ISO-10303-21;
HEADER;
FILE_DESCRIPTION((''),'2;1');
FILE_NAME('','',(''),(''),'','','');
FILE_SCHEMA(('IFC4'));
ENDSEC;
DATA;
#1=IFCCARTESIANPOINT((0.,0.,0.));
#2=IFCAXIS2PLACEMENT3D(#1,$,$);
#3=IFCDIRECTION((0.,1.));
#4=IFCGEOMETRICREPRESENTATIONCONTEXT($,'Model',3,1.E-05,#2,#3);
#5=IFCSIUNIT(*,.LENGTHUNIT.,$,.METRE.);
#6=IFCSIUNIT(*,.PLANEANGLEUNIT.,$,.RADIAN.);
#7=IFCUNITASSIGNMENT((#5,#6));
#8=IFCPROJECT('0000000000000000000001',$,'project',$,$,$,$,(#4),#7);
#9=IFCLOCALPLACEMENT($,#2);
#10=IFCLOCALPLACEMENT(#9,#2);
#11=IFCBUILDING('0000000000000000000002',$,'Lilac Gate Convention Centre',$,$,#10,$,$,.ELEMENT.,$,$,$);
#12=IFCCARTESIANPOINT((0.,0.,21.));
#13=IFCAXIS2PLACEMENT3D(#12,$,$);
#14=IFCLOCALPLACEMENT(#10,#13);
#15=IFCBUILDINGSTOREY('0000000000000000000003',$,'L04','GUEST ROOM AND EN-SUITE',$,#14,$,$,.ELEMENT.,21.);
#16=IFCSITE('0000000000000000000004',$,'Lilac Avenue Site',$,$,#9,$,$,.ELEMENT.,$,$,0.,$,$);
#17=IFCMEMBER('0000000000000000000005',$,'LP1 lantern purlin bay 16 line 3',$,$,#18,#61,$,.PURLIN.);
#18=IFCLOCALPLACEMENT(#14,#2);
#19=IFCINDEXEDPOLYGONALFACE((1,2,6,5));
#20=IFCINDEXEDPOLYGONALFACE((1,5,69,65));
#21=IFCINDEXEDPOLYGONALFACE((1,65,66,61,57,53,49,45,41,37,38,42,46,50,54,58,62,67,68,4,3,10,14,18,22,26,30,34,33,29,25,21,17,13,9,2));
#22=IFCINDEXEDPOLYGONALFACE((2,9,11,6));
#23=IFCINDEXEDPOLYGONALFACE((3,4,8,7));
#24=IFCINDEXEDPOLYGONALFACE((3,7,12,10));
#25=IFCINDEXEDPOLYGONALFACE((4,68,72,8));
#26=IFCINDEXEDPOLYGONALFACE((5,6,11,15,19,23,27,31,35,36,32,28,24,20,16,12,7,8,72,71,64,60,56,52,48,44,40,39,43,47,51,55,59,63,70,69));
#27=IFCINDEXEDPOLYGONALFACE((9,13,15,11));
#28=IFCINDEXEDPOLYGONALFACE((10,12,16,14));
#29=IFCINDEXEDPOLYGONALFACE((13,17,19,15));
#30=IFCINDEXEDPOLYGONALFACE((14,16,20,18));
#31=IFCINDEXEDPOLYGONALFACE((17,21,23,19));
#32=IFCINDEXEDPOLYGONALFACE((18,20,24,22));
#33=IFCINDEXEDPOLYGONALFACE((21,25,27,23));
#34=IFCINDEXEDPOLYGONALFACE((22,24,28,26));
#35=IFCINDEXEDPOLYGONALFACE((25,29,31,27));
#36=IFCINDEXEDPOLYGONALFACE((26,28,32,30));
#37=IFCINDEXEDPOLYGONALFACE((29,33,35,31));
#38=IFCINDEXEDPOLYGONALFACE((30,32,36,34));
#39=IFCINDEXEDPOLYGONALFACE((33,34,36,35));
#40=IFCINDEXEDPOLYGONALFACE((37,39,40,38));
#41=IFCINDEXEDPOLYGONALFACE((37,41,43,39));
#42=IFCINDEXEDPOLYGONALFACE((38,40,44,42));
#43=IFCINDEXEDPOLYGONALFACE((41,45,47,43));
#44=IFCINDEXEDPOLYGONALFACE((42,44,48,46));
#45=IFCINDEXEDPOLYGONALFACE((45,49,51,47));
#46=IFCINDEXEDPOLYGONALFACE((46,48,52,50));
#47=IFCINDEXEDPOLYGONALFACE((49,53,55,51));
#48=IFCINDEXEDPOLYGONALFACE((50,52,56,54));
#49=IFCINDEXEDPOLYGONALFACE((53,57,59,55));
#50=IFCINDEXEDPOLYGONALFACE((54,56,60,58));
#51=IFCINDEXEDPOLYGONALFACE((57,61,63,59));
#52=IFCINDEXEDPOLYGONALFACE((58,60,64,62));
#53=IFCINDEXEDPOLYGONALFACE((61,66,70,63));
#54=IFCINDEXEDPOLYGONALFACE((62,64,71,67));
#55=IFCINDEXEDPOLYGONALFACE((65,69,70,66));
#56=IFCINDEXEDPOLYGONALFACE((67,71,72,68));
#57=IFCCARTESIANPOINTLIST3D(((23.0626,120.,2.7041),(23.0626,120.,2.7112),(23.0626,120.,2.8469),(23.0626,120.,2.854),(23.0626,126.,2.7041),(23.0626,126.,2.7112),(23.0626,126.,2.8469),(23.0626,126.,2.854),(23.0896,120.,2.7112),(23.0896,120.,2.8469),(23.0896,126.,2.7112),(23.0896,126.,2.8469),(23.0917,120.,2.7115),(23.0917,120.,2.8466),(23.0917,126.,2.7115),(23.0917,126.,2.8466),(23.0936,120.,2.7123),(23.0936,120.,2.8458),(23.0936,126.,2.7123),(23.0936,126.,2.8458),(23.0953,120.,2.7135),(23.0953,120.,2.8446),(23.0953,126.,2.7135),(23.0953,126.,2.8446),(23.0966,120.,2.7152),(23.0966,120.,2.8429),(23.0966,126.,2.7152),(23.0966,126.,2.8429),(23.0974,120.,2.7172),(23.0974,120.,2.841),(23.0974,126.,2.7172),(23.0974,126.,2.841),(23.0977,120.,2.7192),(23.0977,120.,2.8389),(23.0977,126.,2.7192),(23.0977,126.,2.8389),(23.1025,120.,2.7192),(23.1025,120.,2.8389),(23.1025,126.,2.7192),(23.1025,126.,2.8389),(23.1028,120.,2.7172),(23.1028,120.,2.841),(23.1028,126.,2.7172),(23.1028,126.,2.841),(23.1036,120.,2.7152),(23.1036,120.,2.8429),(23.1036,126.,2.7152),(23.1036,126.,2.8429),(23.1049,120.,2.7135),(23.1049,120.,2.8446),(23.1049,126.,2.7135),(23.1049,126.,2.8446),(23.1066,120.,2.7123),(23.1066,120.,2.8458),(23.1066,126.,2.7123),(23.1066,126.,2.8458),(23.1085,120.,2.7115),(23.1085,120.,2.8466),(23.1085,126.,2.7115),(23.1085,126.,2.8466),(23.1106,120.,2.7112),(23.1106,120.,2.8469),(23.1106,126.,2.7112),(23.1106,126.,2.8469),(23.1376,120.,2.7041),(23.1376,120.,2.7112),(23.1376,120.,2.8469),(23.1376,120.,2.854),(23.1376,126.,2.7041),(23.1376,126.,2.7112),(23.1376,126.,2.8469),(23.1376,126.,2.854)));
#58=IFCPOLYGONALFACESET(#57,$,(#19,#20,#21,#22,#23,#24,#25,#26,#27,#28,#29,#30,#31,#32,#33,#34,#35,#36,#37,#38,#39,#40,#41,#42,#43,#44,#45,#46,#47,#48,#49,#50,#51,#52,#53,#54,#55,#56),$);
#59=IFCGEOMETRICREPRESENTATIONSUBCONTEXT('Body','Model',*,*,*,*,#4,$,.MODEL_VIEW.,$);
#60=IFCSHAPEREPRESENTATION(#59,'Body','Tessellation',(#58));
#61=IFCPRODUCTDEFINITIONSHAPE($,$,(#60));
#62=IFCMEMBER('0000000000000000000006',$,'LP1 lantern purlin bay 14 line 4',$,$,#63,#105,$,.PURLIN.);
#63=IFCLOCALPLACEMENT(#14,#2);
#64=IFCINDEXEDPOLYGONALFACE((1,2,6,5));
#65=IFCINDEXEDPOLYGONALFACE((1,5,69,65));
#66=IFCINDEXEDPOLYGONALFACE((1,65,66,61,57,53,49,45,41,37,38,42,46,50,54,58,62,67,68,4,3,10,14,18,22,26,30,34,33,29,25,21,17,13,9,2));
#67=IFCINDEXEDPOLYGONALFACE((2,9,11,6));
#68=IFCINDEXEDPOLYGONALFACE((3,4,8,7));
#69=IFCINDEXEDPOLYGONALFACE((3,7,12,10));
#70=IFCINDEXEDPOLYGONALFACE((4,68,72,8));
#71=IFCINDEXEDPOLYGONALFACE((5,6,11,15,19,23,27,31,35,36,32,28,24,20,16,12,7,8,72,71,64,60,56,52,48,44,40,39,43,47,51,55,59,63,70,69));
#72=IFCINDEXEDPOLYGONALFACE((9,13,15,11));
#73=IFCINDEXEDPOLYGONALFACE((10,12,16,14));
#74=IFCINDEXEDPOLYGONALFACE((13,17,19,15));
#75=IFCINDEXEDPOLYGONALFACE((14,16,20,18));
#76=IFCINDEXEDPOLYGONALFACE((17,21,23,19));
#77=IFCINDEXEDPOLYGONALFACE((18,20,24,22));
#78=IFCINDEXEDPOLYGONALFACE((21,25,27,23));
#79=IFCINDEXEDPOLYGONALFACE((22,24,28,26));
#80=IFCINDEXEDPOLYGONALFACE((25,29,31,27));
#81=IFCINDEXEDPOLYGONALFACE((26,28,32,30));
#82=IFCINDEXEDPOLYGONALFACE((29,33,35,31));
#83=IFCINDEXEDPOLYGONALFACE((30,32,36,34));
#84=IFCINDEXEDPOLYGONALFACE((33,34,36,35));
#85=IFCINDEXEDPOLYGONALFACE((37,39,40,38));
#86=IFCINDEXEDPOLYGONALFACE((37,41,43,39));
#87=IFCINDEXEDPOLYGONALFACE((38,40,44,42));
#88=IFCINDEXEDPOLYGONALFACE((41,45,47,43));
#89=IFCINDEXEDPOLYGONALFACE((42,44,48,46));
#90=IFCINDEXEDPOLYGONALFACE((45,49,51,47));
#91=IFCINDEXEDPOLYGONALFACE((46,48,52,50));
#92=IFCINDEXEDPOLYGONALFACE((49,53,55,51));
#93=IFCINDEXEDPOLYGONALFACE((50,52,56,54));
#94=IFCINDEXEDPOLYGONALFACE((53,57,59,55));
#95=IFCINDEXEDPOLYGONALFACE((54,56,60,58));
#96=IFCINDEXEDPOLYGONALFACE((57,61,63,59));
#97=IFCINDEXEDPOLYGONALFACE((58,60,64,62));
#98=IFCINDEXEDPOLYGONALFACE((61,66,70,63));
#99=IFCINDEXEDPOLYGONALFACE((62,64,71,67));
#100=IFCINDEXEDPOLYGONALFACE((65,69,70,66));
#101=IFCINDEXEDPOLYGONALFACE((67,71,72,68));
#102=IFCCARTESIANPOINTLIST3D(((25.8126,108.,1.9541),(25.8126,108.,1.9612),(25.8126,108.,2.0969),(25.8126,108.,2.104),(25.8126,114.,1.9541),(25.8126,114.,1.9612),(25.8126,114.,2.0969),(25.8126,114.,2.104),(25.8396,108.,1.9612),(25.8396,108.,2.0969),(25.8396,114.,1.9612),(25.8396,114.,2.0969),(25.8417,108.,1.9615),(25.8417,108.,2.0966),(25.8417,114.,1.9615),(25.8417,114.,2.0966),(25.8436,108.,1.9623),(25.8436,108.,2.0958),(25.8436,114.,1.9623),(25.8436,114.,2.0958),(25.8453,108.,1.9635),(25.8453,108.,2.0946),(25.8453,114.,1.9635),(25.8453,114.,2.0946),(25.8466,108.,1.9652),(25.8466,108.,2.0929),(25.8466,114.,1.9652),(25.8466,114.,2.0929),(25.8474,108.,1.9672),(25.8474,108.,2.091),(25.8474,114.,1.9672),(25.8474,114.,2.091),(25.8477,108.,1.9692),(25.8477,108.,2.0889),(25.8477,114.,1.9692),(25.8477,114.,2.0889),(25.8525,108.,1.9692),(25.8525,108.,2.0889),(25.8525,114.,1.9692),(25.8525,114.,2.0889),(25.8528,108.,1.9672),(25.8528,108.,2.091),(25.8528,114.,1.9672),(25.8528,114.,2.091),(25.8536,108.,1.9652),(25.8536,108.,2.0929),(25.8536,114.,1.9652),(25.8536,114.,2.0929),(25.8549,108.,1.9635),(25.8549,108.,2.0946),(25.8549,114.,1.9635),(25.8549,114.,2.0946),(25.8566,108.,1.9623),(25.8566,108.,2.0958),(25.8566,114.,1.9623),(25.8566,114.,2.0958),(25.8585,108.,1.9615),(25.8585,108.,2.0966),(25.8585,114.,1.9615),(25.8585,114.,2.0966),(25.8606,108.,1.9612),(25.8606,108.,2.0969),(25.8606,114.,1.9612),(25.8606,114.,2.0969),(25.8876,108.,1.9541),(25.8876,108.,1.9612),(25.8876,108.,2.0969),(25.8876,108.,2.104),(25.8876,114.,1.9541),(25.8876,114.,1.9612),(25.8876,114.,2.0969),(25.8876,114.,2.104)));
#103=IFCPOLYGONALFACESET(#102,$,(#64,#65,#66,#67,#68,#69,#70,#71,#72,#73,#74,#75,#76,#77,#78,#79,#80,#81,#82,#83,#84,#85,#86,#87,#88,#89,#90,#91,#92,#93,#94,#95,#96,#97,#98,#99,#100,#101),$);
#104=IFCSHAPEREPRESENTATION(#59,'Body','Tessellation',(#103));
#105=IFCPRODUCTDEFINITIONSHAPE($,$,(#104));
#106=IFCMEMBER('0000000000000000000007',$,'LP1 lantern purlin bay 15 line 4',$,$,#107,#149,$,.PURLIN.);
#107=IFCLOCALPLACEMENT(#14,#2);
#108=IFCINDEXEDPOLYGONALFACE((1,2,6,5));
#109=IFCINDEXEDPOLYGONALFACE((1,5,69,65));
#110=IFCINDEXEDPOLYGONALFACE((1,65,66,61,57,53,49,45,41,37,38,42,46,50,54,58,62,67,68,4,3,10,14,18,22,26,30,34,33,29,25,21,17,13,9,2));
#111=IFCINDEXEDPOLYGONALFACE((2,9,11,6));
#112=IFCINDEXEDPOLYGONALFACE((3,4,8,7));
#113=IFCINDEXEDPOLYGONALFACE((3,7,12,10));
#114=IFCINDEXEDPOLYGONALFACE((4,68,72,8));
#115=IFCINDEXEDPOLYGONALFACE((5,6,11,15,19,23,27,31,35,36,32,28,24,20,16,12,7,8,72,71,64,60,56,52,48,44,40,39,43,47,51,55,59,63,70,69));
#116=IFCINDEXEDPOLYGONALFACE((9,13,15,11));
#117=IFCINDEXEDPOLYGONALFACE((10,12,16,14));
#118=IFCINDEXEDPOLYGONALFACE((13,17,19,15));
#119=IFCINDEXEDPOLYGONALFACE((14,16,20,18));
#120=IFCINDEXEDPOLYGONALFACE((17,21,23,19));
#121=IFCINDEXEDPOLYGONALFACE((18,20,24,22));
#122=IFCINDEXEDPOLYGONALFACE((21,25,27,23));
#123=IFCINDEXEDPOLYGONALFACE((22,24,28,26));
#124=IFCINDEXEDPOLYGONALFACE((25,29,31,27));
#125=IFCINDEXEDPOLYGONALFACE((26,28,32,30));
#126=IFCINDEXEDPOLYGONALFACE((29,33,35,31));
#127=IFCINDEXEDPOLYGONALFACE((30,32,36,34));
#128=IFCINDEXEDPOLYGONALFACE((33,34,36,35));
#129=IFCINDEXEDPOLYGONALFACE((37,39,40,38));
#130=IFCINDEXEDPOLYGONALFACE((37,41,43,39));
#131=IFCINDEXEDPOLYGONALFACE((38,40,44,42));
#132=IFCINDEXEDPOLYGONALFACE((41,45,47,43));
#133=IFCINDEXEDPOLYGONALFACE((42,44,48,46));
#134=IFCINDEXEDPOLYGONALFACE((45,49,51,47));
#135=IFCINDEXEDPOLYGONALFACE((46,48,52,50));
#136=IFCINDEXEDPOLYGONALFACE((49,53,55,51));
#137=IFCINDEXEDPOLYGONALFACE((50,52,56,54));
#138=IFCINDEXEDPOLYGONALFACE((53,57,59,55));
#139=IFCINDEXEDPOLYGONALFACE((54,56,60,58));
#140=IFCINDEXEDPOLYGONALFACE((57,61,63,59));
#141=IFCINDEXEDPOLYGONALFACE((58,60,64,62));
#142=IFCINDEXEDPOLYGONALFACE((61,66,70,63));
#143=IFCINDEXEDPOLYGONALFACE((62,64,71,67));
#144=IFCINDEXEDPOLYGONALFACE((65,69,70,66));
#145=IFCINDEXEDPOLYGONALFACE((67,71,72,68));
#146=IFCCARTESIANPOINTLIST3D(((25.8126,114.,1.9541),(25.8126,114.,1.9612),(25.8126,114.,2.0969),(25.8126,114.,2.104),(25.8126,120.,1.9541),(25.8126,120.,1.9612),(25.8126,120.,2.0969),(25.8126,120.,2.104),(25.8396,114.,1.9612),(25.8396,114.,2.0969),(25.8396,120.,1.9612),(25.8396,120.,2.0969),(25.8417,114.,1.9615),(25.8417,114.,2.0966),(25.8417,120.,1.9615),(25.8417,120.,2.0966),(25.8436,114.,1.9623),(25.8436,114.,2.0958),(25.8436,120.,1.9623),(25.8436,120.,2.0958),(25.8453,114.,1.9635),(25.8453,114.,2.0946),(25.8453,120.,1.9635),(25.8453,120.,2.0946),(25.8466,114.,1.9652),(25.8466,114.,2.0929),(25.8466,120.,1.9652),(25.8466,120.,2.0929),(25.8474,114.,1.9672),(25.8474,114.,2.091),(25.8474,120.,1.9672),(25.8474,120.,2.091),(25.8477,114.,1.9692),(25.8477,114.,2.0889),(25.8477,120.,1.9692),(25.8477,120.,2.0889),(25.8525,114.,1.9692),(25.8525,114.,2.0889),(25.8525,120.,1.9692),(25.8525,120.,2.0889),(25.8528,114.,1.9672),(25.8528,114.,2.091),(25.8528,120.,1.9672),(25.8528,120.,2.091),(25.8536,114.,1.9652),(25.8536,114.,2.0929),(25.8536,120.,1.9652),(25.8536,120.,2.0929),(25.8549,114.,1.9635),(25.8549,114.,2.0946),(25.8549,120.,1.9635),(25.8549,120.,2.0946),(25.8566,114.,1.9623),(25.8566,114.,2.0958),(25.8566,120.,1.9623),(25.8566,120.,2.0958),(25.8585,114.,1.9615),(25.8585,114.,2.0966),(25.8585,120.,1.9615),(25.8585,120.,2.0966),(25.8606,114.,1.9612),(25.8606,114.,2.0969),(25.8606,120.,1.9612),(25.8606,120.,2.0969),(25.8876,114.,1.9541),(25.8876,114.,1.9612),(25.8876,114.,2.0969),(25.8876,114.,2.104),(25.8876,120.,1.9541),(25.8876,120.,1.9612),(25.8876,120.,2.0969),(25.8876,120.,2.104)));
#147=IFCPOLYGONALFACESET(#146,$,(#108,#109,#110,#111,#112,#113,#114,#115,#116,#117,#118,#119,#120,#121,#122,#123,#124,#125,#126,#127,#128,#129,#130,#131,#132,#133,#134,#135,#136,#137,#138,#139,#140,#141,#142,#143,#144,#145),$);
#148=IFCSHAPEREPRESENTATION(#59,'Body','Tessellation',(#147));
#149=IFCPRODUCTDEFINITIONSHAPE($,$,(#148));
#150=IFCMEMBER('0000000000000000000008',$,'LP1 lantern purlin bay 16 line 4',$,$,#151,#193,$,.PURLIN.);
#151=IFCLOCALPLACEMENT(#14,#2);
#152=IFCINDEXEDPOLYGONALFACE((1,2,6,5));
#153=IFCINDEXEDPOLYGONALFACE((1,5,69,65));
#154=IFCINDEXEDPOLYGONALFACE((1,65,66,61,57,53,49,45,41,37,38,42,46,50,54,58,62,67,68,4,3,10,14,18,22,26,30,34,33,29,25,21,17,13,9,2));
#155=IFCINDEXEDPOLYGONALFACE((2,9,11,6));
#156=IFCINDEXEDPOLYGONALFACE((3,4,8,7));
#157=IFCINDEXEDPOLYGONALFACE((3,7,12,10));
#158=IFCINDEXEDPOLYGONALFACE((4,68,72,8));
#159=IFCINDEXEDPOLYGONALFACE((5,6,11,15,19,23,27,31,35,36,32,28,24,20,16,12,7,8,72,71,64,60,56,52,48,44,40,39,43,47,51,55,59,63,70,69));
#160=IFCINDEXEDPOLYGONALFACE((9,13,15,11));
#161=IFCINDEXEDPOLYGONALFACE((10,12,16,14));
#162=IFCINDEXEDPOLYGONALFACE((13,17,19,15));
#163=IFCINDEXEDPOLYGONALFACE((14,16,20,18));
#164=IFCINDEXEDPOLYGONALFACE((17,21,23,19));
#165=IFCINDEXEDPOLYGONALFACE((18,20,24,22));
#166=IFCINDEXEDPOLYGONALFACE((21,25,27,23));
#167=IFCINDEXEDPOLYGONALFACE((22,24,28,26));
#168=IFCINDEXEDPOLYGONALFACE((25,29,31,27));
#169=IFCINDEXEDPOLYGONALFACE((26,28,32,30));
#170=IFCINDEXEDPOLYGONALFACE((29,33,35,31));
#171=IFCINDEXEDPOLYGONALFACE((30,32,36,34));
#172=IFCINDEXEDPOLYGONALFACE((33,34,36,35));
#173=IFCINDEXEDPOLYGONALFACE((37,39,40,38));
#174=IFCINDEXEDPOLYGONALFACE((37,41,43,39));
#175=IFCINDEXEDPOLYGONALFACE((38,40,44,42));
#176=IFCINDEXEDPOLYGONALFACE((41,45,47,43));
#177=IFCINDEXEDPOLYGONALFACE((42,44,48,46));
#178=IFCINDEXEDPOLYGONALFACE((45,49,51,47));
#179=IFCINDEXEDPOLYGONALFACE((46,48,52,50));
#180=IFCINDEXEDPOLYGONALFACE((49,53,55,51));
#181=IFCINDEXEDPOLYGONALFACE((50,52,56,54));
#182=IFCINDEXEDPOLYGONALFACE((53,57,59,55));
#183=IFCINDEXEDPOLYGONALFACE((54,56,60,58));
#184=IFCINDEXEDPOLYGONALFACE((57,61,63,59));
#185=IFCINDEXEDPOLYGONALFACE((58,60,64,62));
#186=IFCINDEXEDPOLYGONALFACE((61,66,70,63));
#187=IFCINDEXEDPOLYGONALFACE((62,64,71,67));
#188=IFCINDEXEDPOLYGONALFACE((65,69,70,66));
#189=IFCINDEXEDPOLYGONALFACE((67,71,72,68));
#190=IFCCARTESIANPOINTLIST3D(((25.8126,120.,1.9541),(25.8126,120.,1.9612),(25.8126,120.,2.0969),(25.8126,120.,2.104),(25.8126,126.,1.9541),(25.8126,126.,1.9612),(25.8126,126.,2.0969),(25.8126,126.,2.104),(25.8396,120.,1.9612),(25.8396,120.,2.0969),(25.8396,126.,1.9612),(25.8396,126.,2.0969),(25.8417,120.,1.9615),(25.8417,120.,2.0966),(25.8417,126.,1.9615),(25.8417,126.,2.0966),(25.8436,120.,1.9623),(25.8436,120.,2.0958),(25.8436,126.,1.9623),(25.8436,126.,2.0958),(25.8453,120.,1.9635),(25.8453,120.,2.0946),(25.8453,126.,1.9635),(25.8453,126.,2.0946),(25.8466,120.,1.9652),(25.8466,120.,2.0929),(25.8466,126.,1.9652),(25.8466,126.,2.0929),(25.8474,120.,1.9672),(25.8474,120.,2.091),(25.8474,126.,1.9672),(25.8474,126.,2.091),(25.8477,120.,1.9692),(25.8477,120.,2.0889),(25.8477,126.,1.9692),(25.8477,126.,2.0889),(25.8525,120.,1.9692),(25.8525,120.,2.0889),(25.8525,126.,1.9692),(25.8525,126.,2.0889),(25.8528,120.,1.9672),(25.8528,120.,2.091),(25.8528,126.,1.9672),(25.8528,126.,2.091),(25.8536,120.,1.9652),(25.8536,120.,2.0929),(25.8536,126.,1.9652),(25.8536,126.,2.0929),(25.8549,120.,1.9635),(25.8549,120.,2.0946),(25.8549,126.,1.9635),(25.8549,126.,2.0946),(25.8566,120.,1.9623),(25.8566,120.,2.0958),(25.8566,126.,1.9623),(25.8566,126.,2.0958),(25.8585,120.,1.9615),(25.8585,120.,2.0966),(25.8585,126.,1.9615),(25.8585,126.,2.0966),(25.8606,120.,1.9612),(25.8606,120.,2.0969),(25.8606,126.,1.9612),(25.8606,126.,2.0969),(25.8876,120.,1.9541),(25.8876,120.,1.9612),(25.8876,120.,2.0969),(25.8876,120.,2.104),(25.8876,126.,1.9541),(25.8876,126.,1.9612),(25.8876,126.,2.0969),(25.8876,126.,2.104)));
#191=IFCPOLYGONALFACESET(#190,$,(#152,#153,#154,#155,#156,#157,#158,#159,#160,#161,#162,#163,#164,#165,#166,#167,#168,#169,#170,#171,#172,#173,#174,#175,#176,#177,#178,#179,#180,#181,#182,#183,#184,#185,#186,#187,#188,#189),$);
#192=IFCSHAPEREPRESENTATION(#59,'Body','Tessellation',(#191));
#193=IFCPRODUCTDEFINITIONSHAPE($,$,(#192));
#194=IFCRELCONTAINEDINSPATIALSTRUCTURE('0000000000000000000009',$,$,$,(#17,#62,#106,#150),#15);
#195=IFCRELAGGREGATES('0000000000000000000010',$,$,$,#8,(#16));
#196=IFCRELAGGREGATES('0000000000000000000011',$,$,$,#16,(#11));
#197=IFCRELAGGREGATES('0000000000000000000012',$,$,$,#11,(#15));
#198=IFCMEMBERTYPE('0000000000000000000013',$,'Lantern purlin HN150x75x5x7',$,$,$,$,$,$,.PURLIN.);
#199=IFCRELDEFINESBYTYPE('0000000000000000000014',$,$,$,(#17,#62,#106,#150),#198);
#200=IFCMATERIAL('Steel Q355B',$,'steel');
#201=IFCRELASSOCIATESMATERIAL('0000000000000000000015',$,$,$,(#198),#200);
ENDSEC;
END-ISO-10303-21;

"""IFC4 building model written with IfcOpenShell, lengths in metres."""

from ifc_helpers import new_model, si_unit, direction, frame, origin, origin_2d, place, context, subcontext, project, spatial, i_section, extrude, material, material_profile, profile_set, type_object, element, save


model = new_model("IFC4")

# Units and contexts
model_context = context("Model", 3, precision=1e-05, world=origin(), true_north=direction((0.0, 1.0)))
body_context = subcontext(model_context, "Body", "Model", "MODEL_VIEW")
ifc_project = project(units=[si_unit("LENGTHUNIT", "METRE"), si_unit("PLANEANGLEUNIT", "RADIAN")], contexts=[model_context])

# Site, building, storey
site_placement = place(None, origin())
site = spatial("IfcSite", under=ifc_project, at=site_placement, Name="Lilac Avenue Site", CompositionType="ELEMENT", RefElevation=0.0)
building_placement = place(site_placement, origin())
building = spatial("IfcBuilding", under=site, at=building_placement, Name="Lilac Gate Convention Centre", CompositionType="ELEMENT")
storey_placement = place(building_placement, frame((0.0, 0.0, 21.0)))
storey = spatial("IfcBuildingStorey", under=building, at=storey_placement, Name="L04", Description="GUEST ROOM AND EN-SUITE", CompositionType="ELEMENT", Elevation=21.0)

# Members
ifc_material_1 = material(Name="Steel Q355B", Category="steel")
ifc_material_profile_1 = material_profile(ifc_material_1, i_section(OverallWidth=0.075, OverallDepth=0.1499, WebThickness=0.0049, FlangeThickness=0.0071, FilletRadius=0.0081, at=origin_2d()), Name="HN150x75x5x7")
ifc_profile_set_1 = profile_set([ifc_material_profile_1], Name="Steel Q355B")
member_type_1 = type_object("IfcMemberType", Name="Lantern purlin HN150x75x5x7", PredefinedType="PURLIN", material=ifc_profile_set_1)
for number, where, z_axis, x_axis, name in (
    (1, (23.1001, 120.0, 2.7791), (0.0, 1.0, 0.0), (-1.0, 0.0, 0.0), "LP1 lantern purlin bay 16 line 3"),
    (2, (25.8501, 108.0, 2.0291), (0.0, 1.0, 0.0), (-1.0, 0.0, 0.0), "LP1 lantern purlin bay 14 line 4"),
    (3, (25.8501, 114.0, 2.0291), (0.0, 1.0, 0.0), (-1.0, 0.0, 0.0), "LP1 lantern purlin bay 15 line 4"),
    (4, (25.8501, 120.0, 2.0291), (0.0, 1.0, 0.0), (-1.0, 0.0, 0.0), "LP1 lantern purlin bay 16 line 4"),
):
    element("IfcMember", number, at=place(storey_placement, frame(where, z_axis=z_axis, x_axis=x_axis)), inside=storey, type_object=member_type_1, Name=name, PredefinedType="PURLIN", context=body_context, shape_type="SweptSolid", body=[
        extrude(i_section(OverallWidth=0.075, OverallDepth=0.1499, WebThickness=0.0049, FlangeThickness=0.0071, FilletRadius=0.0081, at=origin_2d()), origin(), (0.0, 0.0, 1.0), 6.0),
    ])

save(model, "model.ifc")
